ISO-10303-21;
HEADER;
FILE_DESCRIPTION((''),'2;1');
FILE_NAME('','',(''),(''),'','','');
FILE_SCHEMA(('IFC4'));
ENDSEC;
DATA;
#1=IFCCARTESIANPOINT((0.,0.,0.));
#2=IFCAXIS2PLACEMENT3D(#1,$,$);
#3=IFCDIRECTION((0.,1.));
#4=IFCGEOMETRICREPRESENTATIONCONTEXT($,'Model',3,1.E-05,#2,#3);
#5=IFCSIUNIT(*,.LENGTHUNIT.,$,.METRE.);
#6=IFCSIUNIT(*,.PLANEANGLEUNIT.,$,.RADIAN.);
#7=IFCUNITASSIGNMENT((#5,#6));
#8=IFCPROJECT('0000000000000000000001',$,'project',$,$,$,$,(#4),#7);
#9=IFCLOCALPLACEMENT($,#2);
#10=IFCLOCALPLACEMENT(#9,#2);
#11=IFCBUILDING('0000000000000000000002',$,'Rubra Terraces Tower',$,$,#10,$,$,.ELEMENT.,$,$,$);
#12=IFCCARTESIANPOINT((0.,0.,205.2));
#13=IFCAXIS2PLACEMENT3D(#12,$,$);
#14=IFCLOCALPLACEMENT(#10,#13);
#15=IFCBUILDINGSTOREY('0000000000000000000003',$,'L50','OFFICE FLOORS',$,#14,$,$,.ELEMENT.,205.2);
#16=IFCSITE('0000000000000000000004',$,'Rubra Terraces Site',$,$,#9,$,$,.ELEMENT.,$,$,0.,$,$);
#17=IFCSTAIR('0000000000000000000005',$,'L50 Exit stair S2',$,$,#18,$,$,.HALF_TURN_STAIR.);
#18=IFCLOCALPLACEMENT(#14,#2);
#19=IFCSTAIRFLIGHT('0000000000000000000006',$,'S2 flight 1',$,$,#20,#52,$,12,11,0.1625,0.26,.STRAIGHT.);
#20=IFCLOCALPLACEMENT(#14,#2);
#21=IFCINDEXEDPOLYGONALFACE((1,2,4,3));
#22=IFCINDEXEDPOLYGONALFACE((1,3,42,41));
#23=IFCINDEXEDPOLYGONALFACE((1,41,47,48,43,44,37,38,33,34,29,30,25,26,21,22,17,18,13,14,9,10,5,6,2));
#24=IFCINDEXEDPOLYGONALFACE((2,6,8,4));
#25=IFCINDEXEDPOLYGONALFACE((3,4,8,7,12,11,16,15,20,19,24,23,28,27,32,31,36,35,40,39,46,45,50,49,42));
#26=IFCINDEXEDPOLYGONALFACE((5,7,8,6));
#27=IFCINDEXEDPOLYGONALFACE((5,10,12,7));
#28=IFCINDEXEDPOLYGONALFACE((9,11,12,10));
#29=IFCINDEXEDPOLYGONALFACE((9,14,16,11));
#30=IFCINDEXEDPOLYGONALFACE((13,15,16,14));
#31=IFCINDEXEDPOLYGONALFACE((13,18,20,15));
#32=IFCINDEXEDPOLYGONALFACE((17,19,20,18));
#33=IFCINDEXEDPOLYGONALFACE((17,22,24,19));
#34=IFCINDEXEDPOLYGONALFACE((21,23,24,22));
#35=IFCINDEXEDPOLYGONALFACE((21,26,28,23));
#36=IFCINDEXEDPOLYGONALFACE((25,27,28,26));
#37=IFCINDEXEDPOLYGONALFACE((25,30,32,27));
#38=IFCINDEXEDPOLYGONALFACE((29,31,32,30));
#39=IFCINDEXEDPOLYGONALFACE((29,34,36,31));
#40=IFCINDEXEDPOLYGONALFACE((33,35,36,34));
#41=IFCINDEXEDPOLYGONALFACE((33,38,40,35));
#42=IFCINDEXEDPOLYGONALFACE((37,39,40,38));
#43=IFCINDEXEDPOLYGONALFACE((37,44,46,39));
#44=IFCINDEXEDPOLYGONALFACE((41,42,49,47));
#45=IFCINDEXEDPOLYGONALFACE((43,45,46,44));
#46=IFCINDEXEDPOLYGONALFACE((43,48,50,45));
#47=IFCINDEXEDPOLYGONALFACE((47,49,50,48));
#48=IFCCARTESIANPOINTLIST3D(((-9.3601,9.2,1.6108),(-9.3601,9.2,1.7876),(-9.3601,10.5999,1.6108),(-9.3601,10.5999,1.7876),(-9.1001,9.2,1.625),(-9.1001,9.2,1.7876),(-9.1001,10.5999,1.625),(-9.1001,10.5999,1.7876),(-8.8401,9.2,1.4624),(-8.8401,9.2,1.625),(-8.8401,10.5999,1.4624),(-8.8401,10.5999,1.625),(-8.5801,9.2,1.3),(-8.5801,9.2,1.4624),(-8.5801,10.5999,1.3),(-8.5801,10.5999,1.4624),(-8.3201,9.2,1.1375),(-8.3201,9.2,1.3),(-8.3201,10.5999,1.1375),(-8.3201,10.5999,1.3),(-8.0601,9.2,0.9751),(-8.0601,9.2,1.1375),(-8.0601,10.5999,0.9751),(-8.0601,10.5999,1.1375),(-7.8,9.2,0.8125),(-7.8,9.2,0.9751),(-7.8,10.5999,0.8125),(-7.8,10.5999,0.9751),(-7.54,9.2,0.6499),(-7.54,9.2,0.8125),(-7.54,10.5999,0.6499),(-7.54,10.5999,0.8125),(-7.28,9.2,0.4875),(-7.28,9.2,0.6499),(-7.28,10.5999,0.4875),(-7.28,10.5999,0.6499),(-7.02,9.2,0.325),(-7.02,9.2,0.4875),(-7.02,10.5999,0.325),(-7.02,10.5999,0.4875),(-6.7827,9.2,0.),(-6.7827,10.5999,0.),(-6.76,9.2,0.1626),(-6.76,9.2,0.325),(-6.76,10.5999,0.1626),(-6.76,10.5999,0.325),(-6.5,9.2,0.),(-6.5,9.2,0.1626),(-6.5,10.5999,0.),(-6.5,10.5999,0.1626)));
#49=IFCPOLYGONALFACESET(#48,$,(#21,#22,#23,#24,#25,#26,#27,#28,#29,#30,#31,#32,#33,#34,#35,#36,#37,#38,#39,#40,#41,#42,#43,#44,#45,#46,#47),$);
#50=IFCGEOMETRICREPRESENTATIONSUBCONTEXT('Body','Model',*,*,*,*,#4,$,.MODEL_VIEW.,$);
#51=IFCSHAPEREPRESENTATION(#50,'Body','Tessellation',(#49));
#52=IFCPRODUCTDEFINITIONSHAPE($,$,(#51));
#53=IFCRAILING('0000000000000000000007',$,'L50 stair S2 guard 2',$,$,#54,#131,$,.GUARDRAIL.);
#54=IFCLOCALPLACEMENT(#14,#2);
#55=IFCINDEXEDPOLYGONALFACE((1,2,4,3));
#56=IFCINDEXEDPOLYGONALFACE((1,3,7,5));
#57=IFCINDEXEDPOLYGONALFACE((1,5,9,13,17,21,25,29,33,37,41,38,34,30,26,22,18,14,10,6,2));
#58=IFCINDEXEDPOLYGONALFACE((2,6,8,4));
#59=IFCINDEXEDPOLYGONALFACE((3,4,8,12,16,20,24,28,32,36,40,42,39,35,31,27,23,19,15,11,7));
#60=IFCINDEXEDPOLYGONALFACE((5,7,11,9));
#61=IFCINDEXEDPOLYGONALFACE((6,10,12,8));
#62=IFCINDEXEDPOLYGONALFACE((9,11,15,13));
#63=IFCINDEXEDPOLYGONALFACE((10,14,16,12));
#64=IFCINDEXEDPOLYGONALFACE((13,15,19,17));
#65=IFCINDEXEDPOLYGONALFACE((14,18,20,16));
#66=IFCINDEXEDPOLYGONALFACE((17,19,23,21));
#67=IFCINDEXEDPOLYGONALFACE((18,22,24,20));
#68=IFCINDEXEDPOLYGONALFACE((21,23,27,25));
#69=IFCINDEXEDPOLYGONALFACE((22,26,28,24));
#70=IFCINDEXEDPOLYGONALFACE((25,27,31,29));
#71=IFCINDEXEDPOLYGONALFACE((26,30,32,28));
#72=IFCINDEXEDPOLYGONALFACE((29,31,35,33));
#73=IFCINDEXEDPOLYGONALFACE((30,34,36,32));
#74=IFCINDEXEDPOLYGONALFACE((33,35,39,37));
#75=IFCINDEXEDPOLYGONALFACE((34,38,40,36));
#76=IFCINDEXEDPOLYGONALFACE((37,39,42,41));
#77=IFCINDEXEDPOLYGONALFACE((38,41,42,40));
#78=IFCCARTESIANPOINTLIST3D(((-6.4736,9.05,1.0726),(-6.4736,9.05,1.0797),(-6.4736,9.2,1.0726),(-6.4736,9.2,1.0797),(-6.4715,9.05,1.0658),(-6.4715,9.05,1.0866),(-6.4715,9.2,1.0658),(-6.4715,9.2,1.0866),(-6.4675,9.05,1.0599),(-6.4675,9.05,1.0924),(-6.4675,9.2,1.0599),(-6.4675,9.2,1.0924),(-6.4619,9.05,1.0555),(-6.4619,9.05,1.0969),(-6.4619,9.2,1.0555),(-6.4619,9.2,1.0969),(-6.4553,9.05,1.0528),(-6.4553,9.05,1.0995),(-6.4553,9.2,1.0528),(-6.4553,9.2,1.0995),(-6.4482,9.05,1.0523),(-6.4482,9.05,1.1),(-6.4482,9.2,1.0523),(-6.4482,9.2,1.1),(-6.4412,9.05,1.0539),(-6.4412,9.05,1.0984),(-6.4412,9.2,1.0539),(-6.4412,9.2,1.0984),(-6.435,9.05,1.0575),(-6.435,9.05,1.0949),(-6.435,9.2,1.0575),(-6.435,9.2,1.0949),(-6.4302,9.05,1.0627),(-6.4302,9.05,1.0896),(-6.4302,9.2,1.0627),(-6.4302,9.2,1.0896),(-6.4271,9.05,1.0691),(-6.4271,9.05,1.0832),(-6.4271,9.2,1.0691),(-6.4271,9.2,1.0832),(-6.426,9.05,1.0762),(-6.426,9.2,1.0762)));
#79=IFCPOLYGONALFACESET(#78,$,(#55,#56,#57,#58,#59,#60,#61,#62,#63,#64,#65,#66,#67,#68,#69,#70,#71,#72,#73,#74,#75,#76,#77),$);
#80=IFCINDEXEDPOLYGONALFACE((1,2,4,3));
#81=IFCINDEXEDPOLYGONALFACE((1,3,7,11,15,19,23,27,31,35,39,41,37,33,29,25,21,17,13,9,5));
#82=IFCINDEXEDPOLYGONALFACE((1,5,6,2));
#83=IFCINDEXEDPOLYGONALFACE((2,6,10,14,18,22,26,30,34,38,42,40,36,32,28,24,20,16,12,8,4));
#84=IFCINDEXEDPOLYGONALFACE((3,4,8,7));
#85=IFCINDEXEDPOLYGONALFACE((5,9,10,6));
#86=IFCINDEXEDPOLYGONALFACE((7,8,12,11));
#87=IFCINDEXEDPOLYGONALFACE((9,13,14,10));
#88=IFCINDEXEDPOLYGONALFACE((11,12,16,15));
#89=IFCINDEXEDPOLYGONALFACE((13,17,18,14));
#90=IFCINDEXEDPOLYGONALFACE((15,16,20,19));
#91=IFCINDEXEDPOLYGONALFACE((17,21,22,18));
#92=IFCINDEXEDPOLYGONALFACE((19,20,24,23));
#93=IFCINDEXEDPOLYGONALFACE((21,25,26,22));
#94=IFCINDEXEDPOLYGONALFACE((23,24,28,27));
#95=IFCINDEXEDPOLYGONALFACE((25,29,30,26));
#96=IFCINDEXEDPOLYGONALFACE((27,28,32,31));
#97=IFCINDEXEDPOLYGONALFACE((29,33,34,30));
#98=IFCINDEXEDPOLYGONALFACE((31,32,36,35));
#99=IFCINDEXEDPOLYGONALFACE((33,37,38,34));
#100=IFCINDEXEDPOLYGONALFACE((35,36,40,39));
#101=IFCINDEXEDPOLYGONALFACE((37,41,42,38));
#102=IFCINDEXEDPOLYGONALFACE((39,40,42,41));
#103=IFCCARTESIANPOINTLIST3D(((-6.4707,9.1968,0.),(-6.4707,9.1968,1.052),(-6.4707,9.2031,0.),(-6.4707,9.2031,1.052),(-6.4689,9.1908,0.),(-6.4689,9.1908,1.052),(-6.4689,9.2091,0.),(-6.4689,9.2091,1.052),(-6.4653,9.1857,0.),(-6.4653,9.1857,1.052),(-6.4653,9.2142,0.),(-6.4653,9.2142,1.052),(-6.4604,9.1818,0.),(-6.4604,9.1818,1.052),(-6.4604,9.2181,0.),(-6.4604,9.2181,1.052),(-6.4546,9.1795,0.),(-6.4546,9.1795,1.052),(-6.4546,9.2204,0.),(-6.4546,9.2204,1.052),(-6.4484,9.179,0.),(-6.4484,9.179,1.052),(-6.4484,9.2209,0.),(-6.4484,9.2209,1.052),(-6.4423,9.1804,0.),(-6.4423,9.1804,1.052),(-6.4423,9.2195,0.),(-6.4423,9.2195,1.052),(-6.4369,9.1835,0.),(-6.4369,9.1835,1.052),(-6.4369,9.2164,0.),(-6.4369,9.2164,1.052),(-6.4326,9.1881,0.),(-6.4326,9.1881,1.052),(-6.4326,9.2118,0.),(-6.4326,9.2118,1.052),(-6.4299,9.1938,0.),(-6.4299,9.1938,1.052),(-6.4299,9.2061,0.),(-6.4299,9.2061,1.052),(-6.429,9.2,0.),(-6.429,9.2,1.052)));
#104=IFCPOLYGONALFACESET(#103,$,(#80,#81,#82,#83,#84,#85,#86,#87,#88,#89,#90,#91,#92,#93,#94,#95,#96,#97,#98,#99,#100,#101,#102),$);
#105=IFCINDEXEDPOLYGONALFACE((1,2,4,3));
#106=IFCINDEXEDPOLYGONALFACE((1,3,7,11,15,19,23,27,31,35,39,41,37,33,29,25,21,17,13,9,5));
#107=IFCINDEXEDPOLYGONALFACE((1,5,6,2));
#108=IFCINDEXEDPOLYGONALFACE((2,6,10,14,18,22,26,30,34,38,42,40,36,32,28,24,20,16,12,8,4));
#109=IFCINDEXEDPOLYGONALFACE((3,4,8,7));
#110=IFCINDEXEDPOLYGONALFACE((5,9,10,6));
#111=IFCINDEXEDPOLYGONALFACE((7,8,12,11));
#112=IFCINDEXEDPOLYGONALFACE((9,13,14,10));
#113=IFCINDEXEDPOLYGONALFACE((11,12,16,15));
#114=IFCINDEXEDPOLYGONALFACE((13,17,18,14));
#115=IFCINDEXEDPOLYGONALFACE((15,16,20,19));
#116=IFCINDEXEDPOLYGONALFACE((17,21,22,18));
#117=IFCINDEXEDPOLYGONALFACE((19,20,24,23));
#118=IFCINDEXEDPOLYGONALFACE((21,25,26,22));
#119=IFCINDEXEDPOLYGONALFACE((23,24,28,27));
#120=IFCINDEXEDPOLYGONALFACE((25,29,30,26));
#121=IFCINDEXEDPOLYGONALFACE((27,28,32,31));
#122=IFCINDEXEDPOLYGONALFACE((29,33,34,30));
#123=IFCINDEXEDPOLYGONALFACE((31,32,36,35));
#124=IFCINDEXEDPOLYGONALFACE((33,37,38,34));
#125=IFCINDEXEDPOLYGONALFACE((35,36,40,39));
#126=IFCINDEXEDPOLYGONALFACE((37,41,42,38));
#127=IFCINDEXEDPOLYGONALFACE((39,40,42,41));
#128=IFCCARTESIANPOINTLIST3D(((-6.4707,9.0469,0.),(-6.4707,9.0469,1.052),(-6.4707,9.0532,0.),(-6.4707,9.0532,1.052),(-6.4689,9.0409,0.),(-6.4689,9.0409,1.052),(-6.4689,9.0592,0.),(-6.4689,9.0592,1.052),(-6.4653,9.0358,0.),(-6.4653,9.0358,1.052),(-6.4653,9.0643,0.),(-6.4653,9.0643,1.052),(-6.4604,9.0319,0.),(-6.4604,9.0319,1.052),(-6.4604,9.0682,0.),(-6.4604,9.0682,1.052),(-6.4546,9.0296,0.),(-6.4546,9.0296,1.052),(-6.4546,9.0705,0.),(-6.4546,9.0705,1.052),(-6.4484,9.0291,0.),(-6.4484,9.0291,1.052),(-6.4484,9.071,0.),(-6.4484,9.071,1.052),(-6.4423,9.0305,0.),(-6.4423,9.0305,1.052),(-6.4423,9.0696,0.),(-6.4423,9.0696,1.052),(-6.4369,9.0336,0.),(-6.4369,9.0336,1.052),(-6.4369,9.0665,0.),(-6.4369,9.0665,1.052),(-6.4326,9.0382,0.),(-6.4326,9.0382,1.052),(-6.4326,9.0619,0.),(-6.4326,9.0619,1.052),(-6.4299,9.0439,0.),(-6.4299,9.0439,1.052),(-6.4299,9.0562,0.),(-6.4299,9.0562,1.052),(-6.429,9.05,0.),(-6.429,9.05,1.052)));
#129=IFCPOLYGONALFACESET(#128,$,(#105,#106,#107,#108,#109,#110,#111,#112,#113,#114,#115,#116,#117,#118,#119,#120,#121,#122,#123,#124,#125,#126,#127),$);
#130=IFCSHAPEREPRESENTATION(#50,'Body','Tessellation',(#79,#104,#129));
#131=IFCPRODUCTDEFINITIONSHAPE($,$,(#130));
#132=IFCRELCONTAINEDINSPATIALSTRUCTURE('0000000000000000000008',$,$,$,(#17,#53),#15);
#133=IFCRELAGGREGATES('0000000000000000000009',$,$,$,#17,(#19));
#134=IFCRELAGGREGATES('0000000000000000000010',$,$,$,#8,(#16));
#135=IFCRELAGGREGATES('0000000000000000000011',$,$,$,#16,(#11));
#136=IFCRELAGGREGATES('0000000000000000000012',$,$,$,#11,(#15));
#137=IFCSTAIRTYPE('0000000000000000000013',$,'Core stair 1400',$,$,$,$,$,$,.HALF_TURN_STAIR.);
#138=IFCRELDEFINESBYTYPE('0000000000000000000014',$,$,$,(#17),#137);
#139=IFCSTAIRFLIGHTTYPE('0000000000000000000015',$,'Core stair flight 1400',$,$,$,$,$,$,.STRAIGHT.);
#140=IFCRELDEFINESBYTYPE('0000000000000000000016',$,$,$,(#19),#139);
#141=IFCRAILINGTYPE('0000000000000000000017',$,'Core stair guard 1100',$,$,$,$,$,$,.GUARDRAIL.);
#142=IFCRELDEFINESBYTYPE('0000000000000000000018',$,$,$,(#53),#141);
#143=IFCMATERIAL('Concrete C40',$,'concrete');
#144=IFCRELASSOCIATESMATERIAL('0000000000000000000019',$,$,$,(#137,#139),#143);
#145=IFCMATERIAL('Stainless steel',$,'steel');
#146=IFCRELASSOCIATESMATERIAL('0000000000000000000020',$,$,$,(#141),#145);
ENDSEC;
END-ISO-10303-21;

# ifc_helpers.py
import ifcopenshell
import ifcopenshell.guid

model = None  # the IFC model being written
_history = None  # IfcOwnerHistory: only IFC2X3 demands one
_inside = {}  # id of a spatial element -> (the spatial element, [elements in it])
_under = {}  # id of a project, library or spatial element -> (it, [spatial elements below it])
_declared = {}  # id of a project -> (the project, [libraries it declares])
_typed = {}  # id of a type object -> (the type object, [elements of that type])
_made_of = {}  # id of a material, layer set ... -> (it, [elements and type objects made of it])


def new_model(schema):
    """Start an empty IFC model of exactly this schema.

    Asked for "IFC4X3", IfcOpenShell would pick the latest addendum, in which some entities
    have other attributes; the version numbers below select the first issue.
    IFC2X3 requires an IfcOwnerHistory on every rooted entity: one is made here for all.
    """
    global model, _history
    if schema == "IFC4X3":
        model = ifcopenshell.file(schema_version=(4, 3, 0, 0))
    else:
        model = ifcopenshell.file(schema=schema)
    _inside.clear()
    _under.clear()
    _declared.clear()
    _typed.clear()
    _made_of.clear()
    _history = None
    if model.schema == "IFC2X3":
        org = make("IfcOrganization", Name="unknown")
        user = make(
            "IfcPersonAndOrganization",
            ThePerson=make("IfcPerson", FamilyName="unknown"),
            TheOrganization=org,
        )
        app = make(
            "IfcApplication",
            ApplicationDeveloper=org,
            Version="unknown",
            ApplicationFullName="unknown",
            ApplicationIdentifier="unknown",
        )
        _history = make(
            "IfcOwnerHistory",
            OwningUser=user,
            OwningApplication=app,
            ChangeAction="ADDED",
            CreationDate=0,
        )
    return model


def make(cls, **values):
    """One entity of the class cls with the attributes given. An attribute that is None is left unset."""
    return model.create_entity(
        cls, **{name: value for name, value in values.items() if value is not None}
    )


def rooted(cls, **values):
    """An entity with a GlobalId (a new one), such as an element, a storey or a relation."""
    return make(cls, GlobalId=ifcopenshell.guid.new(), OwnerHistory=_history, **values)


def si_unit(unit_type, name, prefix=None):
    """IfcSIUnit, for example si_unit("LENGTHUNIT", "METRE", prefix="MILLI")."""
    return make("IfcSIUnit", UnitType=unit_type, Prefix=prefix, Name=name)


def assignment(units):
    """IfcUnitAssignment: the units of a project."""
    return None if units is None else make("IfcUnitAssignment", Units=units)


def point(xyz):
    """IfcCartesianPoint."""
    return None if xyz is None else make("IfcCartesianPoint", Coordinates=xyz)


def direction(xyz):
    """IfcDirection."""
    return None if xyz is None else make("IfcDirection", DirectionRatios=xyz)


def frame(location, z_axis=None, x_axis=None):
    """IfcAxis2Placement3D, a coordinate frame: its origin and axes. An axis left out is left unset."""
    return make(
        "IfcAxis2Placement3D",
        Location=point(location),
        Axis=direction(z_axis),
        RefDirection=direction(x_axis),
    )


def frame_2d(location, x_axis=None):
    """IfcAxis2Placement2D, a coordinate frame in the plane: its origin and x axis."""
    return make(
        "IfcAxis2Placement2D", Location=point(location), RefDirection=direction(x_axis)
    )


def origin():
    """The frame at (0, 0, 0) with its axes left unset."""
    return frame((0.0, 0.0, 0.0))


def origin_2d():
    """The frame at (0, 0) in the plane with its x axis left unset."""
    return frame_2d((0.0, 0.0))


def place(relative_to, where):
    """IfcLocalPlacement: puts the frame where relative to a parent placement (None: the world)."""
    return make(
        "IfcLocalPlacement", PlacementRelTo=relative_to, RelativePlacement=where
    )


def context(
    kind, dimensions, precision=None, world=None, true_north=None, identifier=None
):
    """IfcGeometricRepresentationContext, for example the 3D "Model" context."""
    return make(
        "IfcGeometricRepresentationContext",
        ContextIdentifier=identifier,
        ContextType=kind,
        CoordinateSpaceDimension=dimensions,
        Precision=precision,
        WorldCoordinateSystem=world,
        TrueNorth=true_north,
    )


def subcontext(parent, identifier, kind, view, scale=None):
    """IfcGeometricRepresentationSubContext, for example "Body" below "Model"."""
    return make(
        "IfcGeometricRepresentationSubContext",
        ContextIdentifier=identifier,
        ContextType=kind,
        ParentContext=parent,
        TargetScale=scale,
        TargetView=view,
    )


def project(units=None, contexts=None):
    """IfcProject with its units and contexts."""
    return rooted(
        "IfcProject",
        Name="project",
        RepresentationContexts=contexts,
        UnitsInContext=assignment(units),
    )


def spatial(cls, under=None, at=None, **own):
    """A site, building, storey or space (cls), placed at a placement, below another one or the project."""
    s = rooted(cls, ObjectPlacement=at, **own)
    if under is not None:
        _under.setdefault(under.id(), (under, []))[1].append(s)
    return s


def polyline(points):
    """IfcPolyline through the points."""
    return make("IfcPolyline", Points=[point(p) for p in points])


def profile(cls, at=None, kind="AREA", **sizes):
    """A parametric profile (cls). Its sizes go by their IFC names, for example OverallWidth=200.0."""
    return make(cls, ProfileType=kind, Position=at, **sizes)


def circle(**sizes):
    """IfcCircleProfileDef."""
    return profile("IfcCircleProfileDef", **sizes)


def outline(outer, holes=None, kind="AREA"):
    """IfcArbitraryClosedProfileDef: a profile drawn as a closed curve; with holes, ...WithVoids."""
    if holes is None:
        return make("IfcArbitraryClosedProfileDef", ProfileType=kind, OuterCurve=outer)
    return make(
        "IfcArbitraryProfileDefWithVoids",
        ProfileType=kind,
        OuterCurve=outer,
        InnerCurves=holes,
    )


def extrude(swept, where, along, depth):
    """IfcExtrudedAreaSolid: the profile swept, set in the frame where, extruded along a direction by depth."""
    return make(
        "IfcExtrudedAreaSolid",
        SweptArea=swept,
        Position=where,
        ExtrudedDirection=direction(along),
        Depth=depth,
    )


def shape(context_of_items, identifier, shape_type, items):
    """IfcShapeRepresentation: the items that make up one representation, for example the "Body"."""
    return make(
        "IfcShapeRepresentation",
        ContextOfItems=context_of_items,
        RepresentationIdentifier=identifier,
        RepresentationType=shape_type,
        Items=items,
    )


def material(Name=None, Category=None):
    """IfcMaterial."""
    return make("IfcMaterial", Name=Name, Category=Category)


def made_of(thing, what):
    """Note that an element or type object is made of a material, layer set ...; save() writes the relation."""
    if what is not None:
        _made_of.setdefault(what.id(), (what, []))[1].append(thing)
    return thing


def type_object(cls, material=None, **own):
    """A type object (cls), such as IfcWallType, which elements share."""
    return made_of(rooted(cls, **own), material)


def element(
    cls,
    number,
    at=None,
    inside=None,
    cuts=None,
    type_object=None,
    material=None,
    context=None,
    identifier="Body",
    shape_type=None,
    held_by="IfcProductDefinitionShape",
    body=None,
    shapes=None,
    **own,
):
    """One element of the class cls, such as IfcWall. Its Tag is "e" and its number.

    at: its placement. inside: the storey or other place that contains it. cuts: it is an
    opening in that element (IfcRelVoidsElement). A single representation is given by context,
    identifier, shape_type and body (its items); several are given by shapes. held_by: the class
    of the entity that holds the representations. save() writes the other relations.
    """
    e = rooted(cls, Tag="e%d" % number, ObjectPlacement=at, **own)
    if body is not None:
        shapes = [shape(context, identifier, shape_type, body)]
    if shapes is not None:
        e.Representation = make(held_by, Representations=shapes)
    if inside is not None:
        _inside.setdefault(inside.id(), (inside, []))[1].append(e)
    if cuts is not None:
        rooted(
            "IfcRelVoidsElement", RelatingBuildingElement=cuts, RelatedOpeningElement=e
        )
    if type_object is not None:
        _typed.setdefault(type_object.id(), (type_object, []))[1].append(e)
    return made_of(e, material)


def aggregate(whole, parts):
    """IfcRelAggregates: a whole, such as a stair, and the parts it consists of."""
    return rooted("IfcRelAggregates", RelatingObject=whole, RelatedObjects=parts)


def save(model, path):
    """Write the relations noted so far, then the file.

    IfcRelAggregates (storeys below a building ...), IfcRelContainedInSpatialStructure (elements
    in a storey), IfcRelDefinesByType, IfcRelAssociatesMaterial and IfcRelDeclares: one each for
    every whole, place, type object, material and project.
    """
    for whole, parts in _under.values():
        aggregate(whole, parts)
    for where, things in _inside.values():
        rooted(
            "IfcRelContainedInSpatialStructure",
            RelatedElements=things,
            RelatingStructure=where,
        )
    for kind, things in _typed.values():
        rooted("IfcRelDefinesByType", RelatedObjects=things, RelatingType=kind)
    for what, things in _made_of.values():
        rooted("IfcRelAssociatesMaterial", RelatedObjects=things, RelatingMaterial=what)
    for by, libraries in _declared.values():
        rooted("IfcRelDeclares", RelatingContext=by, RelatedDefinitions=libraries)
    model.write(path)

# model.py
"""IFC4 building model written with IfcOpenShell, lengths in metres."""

from ifc_helpers import new_model, si_unit, direction, frame, origin, origin_2d, place, context, subcontext, project, spatial, polyline, circle, outline, extrude, material, type_object, element, aggregate, save


model = new_model("IFC4")

# Units and contexts
model_context = context("Model", 3, precision=1e-05, world=origin(), true_north=direction((0.0, 1.0)))
body_context = subcontext(model_context, "Body", "Model", "MODEL_VIEW")
ifc_project = project(units=[si_unit("LENGTHUNIT", "METRE"), si_unit("PLANEANGLEUNIT", "RADIAN")], contexts=[model_context])

# Site, building, storey
site_placement = place(None, origin())
site = spatial("IfcSite", under=ifc_project, at=site_placement, Name="Rubra Terraces Site", CompositionType="ELEMENT", RefElevation=0.0)
building_placement = place(site_placement, origin())
building = spatial("IfcBuilding", under=site, at=building_placement, Name="Rubra Terraces Tower", CompositionType="ELEMENT")
storey_placement = place(building_placement, frame((0.0, 0.0, 205.2)))
storey = spatial("IfcBuildingStorey", under=building, at=storey_placement, Name="L50", Description="OFFICE FLOORS", CompositionType="ELEMENT", Elevation=205.2)

# Shared definitions
ifc_material_1 = material(Name="Stainless steel", Category="steel")

# Stair, stair flight
ifc_material_2 = material(Name="Concrete C40", Category="concrete")
stair_type = type_object("IfcStairType", Name="Core stair 1400", PredefinedType="HALF_TURN_STAIR", material=ifc_material_2)
stair_placement = place(storey_placement, origin())
stair = element("IfcStair", 1, at=stair_placement, inside=storey, type_object=stair_type, Name="L50 Exit stair S2", PredefinedType="HALF_TURN_STAIR")
stair_flight_type = type_object("IfcStairFlightType", Name="Core stair flight 1400", PredefinedType="STRAIGHT", material=ifc_material_2)
stair_flight_placement = place(storey_placement, frame((-6.5, 9.8999, 0.0), z_axis=(0.0, 0.0, 1.0), x_axis=(-1.0, 0.0, 0.0)))
stair_flight = element("IfcStairFlight", 2, at=stair_flight_placement, type_object=stair_flight_type, Name="S2 flight 1", NumberOfRisers=12, NumberOfTreads=11, PredefinedType="STRAIGHT", RiserHeight=0.1625, TreadLength=0.26, context=body_context, shape_type="SweptSolid", body=[
    extrude(outline(polyline([(0.0, 0.0), (0.0, 0.1626), (0.26, 0.1626), (0.26, 0.325), (0.52, 0.325), (0.52, 0.4875), (0.78, 0.4875), (0.78, 0.6499), (1.04, 0.6499), (1.04, 0.8125), (1.3, 0.8125), (1.3, 0.9751), (1.5601, 0.9751), (1.5601, 1.1375), (1.8201, 1.1375), (1.8201, 1.3), (2.0801, 1.3), (2.0801, 1.4624), (2.3401, 1.4624), (2.3401, 1.625), (2.6001, 1.625), (2.6001, 1.7876), (2.8601, 1.7876), (2.8601, 1.95), (2.8601, 1.6108), (0.2827, 0.0), (0.0, 0.0)])), frame((0.0, 0.7, 0.0), z_axis=(0.0, -1.0, 0.0), x_axis=(1.0, 0.0, 0.0)), (0.0, 0.0, 1.0), 1.3999),
])
aggregate(stair, [stair_flight])

# Railing
railing_type_1 = type_object("IfcRailingType", Name="Core stair guard 1100", PredefinedType="GUARDRAIL", material=ifc_material_1)
railing_1_placement = place(storey_placement, frame((-6.45, 9.2, 0.0)))
element("IfcRailing", 3, at=railing_1_placement, inside=storey, type_object=railing_type_1, Name="L50 stair S2 guard 2", PredefinedType="GUARDRAIL", context=body_context, shape_type="SweptSolid", body=[
    extrude(circle(Radius=0.0239, at=origin_2d()), frame((0.0, 0.0, 1.0762), z_axis=(0.0, -1.0, 0.0), x_axis=(1.0, 0.0, 0.0)), (0.0, 0.0, 1.0), 0.1499),
    extrude(circle(Radius=0.021, at=origin_2d()), origin(), (0.0, 0.0, 1.0), 1.052),
    extrude(circle(Radius=0.021, at=origin_2d()), frame((0.0, -0.1499, 0.0)), (0.0, 0.0, 1.0), 1.052),
])

save(model, "model.ifc")
